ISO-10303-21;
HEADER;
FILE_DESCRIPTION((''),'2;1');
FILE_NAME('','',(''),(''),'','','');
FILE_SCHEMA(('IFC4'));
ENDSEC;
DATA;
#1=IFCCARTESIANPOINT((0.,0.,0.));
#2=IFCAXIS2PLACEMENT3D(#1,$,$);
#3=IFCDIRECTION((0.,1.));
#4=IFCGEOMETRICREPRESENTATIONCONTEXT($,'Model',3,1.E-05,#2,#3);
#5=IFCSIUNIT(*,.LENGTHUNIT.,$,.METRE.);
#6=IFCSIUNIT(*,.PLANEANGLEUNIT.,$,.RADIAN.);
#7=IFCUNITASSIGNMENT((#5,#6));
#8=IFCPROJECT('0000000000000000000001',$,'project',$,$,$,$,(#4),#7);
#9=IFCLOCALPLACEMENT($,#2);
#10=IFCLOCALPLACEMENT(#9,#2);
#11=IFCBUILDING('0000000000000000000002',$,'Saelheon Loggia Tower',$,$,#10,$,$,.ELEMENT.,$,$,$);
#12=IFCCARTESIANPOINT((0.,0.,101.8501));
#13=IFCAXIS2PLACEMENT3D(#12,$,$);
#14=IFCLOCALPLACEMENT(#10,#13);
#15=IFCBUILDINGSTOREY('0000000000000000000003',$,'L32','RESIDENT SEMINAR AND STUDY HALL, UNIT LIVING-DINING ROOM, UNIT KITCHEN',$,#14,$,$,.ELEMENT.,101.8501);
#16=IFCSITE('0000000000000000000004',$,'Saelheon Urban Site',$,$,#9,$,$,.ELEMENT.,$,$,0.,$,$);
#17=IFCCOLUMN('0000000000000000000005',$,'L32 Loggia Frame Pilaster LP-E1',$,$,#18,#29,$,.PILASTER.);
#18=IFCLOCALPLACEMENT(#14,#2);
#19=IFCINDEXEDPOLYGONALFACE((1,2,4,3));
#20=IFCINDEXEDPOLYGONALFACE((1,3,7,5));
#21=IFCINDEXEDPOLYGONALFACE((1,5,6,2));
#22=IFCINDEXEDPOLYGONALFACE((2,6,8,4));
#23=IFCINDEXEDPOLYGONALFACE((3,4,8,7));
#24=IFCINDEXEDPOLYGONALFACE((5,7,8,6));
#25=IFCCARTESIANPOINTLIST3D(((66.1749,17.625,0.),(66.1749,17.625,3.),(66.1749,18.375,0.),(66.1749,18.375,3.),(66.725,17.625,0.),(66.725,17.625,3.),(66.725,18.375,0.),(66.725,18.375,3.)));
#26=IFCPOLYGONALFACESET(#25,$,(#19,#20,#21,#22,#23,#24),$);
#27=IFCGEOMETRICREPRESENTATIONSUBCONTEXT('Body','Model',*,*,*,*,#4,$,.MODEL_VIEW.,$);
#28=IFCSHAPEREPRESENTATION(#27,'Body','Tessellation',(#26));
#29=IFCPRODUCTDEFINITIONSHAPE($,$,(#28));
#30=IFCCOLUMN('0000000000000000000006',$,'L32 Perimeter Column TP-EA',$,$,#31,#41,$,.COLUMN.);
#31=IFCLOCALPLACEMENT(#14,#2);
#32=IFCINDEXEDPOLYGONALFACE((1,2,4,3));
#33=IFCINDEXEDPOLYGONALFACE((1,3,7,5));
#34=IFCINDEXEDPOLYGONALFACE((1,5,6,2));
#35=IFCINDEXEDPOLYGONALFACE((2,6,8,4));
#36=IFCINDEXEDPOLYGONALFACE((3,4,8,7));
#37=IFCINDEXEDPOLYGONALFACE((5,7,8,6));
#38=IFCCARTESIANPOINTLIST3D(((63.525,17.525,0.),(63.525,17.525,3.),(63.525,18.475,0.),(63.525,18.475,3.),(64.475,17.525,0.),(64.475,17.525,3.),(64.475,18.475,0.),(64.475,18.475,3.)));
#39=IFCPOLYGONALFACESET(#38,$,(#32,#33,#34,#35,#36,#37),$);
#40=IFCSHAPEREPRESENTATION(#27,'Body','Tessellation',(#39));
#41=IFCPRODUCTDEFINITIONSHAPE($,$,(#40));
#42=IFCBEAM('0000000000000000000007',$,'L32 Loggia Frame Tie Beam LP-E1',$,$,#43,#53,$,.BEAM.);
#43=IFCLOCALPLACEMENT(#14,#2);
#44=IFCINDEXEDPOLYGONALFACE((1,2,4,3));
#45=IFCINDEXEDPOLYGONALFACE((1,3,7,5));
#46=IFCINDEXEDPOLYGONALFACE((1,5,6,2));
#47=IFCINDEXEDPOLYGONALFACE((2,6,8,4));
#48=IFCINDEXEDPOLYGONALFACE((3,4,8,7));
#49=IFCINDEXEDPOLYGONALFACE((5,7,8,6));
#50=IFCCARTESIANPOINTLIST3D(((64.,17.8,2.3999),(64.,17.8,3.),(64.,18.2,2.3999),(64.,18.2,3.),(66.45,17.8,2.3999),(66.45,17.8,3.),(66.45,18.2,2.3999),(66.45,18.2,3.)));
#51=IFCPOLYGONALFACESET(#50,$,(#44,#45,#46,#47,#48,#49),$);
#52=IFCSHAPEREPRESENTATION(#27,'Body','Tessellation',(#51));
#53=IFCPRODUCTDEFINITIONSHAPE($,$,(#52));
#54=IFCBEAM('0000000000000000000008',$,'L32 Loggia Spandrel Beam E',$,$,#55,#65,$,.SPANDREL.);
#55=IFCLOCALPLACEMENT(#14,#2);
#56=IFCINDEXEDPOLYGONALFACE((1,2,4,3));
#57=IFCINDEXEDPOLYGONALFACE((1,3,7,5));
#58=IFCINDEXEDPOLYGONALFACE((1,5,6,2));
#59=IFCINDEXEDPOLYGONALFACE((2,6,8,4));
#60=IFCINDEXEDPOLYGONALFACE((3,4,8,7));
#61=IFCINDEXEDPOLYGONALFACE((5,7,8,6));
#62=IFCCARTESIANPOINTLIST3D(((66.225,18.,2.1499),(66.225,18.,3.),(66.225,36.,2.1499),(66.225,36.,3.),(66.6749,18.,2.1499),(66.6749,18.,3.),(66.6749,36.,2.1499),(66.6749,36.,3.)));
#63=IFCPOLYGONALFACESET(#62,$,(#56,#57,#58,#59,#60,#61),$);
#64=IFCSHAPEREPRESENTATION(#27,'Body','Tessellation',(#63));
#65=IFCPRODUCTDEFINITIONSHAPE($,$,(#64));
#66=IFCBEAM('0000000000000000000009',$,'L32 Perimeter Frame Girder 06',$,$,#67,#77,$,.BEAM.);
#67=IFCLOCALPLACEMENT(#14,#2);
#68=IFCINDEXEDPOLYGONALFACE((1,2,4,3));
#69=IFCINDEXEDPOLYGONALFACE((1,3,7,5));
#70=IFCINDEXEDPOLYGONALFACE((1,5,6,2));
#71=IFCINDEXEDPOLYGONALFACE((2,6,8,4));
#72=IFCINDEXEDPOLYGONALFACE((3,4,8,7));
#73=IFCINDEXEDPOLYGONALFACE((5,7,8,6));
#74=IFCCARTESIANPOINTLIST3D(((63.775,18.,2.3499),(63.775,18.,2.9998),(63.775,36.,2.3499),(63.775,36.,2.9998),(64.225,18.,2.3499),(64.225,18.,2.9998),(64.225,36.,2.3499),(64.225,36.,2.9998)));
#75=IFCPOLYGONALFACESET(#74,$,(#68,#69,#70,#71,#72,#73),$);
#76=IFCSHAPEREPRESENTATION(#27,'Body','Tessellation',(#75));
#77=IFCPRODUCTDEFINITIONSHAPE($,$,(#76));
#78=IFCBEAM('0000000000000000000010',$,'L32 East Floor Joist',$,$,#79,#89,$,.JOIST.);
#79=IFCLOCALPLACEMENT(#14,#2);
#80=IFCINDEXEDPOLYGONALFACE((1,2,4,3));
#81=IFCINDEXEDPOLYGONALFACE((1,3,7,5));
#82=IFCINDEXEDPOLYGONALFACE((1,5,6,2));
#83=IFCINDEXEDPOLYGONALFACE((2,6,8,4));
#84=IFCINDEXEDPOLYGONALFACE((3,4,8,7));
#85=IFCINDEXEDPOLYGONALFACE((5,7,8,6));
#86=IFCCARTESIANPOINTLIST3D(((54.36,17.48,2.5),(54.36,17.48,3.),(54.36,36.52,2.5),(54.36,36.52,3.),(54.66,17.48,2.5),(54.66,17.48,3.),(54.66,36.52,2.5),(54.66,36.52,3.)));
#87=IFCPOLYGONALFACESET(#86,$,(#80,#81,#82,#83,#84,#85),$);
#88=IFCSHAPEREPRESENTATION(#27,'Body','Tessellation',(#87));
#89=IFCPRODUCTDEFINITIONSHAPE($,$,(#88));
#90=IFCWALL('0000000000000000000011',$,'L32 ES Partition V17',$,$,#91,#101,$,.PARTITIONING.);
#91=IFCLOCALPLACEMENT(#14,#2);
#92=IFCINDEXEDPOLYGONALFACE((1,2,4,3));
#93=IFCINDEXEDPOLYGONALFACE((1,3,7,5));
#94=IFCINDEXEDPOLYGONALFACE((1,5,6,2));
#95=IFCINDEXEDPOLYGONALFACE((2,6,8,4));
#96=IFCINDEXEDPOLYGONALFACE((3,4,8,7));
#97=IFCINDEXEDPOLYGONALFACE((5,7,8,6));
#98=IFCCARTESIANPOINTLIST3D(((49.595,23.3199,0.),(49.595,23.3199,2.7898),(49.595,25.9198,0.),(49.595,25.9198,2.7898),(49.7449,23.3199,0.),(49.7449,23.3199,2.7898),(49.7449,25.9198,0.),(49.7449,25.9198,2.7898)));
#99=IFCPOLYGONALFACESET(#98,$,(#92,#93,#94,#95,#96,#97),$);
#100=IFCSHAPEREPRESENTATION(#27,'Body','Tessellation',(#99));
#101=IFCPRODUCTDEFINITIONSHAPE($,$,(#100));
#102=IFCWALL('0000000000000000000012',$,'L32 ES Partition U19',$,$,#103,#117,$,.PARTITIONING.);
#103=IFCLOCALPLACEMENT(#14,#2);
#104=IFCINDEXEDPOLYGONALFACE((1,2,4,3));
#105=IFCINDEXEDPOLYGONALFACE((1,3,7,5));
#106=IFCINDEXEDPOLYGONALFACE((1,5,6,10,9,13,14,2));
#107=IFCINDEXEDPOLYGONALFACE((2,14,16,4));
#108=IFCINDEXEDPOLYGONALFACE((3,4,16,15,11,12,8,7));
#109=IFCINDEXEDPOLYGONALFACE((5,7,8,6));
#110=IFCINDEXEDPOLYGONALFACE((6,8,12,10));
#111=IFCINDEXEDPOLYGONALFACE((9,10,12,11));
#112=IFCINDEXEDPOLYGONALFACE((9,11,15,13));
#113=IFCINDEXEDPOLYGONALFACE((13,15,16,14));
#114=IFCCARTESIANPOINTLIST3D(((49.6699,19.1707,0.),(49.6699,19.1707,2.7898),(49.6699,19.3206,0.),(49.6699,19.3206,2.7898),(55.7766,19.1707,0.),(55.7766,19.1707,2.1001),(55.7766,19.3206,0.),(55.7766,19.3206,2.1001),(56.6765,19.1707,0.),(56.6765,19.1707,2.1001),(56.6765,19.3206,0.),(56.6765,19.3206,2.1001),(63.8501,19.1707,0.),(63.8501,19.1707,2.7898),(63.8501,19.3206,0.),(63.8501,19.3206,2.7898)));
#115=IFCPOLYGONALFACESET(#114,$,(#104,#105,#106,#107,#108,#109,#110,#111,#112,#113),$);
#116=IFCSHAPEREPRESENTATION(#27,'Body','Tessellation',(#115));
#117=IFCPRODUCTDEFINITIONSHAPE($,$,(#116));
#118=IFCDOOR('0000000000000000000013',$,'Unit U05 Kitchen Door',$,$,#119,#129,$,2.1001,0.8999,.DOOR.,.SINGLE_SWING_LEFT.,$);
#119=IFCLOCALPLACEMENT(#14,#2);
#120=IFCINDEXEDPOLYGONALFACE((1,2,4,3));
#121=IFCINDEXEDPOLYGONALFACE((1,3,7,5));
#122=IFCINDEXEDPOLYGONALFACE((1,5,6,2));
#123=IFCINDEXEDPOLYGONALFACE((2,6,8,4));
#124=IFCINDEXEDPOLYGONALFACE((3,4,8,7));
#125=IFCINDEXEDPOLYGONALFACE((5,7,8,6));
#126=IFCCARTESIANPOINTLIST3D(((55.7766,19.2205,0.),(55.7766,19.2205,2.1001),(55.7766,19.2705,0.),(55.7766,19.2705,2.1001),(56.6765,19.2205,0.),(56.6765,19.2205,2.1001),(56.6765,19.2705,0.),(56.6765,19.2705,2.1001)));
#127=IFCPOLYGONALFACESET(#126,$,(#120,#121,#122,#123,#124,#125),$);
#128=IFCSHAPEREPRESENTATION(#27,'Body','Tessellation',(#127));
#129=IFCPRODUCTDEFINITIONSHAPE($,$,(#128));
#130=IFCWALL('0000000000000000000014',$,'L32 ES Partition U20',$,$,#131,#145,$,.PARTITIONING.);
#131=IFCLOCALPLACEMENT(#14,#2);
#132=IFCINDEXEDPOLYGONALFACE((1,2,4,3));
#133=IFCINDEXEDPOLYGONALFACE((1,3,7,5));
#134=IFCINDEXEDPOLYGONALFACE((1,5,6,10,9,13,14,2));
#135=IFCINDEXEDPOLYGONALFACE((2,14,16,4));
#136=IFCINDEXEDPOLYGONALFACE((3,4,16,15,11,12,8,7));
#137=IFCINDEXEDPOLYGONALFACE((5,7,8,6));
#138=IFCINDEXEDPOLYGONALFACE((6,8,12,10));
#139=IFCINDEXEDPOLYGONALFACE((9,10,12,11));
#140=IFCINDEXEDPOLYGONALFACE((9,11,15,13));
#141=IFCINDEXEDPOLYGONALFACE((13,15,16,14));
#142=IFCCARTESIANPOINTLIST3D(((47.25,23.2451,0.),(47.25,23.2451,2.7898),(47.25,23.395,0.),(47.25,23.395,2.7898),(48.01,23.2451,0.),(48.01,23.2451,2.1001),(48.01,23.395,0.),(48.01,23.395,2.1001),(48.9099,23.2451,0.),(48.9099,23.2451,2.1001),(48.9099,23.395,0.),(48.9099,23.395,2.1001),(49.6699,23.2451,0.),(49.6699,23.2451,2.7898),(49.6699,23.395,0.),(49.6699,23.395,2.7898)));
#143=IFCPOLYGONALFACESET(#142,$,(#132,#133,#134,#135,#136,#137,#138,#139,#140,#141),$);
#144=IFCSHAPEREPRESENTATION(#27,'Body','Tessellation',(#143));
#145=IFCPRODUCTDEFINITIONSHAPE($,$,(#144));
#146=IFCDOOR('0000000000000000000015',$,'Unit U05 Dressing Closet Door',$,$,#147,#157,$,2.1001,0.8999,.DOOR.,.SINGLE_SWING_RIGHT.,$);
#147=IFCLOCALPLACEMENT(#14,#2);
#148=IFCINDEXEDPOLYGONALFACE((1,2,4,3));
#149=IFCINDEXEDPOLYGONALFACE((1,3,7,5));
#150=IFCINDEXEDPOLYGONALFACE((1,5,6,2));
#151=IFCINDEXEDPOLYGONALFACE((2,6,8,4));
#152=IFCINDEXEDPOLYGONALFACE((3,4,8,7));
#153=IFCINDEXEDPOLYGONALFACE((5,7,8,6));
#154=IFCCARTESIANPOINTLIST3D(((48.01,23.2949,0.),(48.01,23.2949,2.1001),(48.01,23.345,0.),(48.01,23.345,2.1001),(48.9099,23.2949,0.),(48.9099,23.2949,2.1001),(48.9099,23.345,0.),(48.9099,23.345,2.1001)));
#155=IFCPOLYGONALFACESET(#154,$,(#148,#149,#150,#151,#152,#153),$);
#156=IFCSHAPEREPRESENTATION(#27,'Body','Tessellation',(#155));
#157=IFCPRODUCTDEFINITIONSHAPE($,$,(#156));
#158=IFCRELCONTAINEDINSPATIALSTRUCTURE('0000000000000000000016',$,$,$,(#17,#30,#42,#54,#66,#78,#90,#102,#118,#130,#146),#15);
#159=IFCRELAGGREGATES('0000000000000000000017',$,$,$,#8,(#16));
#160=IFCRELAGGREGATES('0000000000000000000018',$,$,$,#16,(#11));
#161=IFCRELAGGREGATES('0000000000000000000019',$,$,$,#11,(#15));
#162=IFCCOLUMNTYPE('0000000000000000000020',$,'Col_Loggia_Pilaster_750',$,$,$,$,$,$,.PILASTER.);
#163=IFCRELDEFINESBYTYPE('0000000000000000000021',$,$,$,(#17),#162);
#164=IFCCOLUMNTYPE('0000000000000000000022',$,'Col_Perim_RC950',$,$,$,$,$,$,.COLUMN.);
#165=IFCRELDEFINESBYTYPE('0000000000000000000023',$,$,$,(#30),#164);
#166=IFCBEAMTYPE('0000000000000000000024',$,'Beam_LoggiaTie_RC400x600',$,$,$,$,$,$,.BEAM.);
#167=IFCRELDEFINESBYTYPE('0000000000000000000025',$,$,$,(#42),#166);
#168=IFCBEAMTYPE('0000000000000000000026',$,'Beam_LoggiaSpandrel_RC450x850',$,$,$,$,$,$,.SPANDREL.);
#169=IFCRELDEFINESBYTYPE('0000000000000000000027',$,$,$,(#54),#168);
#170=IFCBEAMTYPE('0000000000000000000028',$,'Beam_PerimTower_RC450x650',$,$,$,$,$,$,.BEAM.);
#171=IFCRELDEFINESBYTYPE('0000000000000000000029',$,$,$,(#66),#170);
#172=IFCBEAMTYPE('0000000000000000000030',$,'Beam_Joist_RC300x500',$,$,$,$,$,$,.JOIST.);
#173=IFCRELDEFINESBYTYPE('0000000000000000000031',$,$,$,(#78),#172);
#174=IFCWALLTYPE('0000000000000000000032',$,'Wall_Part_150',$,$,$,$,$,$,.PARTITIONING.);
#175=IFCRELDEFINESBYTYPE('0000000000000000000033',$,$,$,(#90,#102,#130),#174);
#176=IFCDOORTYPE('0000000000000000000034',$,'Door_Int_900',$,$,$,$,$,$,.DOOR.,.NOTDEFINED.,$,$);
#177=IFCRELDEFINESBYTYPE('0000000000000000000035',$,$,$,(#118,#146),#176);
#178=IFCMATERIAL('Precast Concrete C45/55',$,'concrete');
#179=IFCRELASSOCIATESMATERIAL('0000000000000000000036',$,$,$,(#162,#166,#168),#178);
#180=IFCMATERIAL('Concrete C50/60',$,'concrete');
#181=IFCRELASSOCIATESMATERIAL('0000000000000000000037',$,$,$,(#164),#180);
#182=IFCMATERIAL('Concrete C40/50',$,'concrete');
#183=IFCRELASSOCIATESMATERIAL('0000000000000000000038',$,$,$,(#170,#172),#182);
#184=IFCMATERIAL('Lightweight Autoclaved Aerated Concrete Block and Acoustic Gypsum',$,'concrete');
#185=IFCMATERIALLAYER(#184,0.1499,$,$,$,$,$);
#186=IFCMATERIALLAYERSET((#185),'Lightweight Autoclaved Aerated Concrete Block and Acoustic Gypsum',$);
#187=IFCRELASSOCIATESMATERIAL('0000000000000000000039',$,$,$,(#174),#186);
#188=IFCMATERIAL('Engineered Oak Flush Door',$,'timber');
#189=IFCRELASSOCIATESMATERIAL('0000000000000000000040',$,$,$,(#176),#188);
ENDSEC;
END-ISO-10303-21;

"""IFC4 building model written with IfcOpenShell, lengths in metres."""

from ifc_helpers import new_model, si_unit, direction, frame, frame_2d, origin, origin_2d, place, context, subcontext, project, spatial, rectangle, extrude, source, transform, mapped, material, layer, layer_set, material_profile, profile_set, type_object, element, fill, save


model = new_model("IFC4")

# Units and contexts
model_context = context("Model", 3, precision=1e-05, world=origin(), true_north=direction((0.0, 1.0)))
body_context = subcontext(model_context, "Body", "Model", "MODEL_VIEW")
ifc_project = project(units=[si_unit("LENGTHUNIT", "METRE"), si_unit("PLANEANGLEUNIT", "RADIAN")], contexts=[model_context])

# Site, building, storey
site_placement = place(None, origin())
site = spatial("IfcSite", under=ifc_project, at=site_placement, Name="Saelheon Urban Site", CompositionType="ELEMENT", RefElevation=0.0)
building_placement = place(site_placement, origin())
building = spatial("IfcBuilding", under=site, at=building_placement, Name="Saelheon Loggia Tower", CompositionType="ELEMENT")
storey_placement = place(building_placement, frame((0.0, 0.0, 101.8501)))
storey = spatial("IfcBuildingStorey", under=building, at=storey_placement, Name="L32", Description="RESIDENT SEMINAR AND STUDY HALL, UNIT LIVING-DINING ROOM, UNIT KITCHEN", CompositionType="ELEMENT", Elevation=101.8501)

# Columns
ifc_material_1 = material(Name="Precast Concrete C45/55", Category="concrete")
ifc_material_profile_1 = material_profile(ifc_material_1, rectangle(XDim=0.55, YDim=0.75, at=origin_2d()), Name="RC-550x750")
ifc_profile_set_1 = profile_set([ifc_material_profile_1], Name="Precast Concrete C45/55")
column_type_1 = type_object("IfcColumnType", Name="Col_Loggia_Pilaster_750", PredefinedType="PILASTER", material=ifc_profile_set_1)
shared_shape_1 = source(origin(), body_context, "Body", "SweptSolid", [
    extrude(rectangle(XDim=0.55, YDim=0.75, at=origin_2d()), origin(), (0.0, 0.0, 1.0), 3.0),
])
column_1_placement = place(storey_placement, frame((66.45, 18.0, 0.0), z_axis=(0.0, 0.0, 1.0), x_axis=(1.0, 0.0, 0.0)))
element("IfcColumn", 1, at=column_1_placement, inside=storey, type_object=column_type_1, Name="L32 Loggia Frame Pilaster LP-E1", PredefinedType="PILASTER", context=body_context, shape_type="MappedRepresentation", body=[
    mapped(shared_shape_1, transform((0.0, 0.0, 0.0), scale=1.0)),
])
ifc_material_2 = material(Name="Concrete C50/60", Category="concrete")
ifc_material_profile_2 = material_profile(ifc_material_2, rectangle(XDim=0.95, YDim=0.95, at=origin_2d()), Name="RC-950x950")
ifc_profile_set_2 = profile_set([ifc_material_profile_2], Name="Concrete C50/60")
column_type_2 = type_object("IfcColumnType", Name="Col_Perim_RC950", PredefinedType="COLUMN", material=ifc_profile_set_2)
shared_shape_2 = source(origin(), body_context, "Body", "SweptSolid", [
    extrude(rectangle(XDim=0.95, YDim=0.95, at=origin_2d()), origin(), (0.0, 0.0, 1.0), 3.0),
])
column_2_placement = place(storey_placement, frame((64.0, 18.0, 0.0), z_axis=(0.0, 0.0, 1.0), x_axis=(1.0, 0.0, 0.0)))
element("IfcColumn", 2, at=column_2_placement, inside=storey, type_object=column_type_2, Name="L32 Perimeter Column TP-EA", PredefinedType="COLUMN", context=body_context, shape_type="MappedRepresentation", body=[
    mapped(shared_shape_2, transform((0.0, 0.0, 0.0), scale=1.0)),
])

# Beams
ifc_material_profile_3 = material_profile(ifc_material_1, rectangle(XDim=0.3999, YDim=0.6001, at=origin_2d()), Name="RC-400x600")
ifc_profile_set_3 = profile_set([ifc_material_profile_3], Name="Precast Concrete C45/55")
beam_type_1 = type_object("IfcBeamType", Name="Beam_LoggiaTie_RC400x600", PredefinedType="BEAM", material=ifc_profile_set_3)
shared_shape_3 = source(origin(), body_context, "Body", "SweptSolid", [
    extrude(rectangle(XDim=0.3999, YDim=0.6001, at=origin_2d()), origin(), (0.0, 0.0, 1.0), 2.45),
])
beam_1_placement = place(storey_placement, frame((64.0, 18.0, 2.7), z_axis=(1.0, 0.0, 0.0), x_axis=(0.0, 1.0, 0.0)))
element("IfcBeam", 3, at=beam_1_placement, inside=storey, type_object=beam_type_1, Name="L32 Loggia Frame Tie Beam LP-E1", PredefinedType="BEAM", context=body_context, shape_type="MappedRepresentation", body=[
    mapped(shared_shape_3, transform((0.0, 0.0, 0.0), scale=1.0)),
])
ifc_material_profile_4 = material_profile(ifc_material_1, rectangle(XDim=0.45, YDim=0.8501, at=origin_2d()), Name="RC-450x850")
ifc_profile_set_4 = profile_set([ifc_material_profile_4], Name="Precast Concrete C45/55")
beam_type_2 = type_object("IfcBeamType", Name="Beam_LoggiaSpandrel_RC450x850", PredefinedType="SPANDREL", material=ifc_profile_set_4)
shared_shape_4 = source(origin(), body_context, "Body", "SweptSolid", [
    extrude(rectangle(XDim=0.45, YDim=0.8501, at=origin_2d()), origin(), (0.0, 0.0, 1.0), 18.0),
])
beam_2_placement = place(storey_placement, frame((66.45, 18.0, 2.575), z_axis=(0.0, 1.0, 0.0), x_axis=(-1.0, 0.0, 0.0)))
element("IfcBeam", 4, at=beam_2_placement, inside=storey, type_object=beam_type_2, Name="L32 Loggia Spandrel Beam E", PredefinedType="SPANDREL", context=body_context, shape_type="MappedRepresentation", body=[
    mapped(shared_shape_4, transform((0.0, 0.0, 0.0), scale=1.0)),
])
ifc_material_3 = material(Name="Concrete C40/50", Category="concrete")
ifc_material_profile_5 = material_profile(ifc_material_3, rectangle(XDim=0.45, YDim=0.6499, at=origin_2d()), Name="RC-450x650")
ifc_profile_set_5 = profile_set([ifc_material_profile_5], Name="Concrete C40/50")
beam_type_3 = type_object("IfcBeamType", Name="Beam_PerimTower_RC450x650", PredefinedType="BEAM", material=ifc_profile_set_5)
shared_shape_5 = source(origin(), body_context, "Body", "SweptSolid", [
    extrude(rectangle(XDim=0.45, YDim=0.6499, at=origin_2d()), origin(), (0.0, 0.0, 1.0), 18.0),
])
beam_3_placement = place(storey_placement, frame((64.0, 18.0, 2.6748), z_axis=(0.0, 1.0, 0.0), x_axis=(-1.0, 0.0, 0.0)))
element("IfcBeam", 5, at=beam_3_placement, inside=storey, type_object=beam_type_3, Name="L32 Perimeter Frame Girder 06", PredefinedType="BEAM", context=body_context, shape_type="MappedRepresentation", body=[
    mapped(shared_shape_5, transform((0.0, 0.0, 0.0), scale=1.0)),
])
ifc_material_profile_6 = material_profile(ifc_material_3, rectangle(XDim=0.3, YDim=0.5, at=origin_2d()), Name="RC-300x500")
ifc_profile_set_6 = profile_set([ifc_material_profile_6], Name="Concrete C40/50")
beam_type_4 = type_object("IfcBeamType", Name="Beam_Joist_RC300x500", PredefinedType="JOIST", material=ifc_profile_set_6)
shared_shape_6 = source(origin(), body_context, "Body", "SweptSolid", [
    extrude(rectangle(XDim=0.3, YDim=0.5, at=origin_2d()), origin(), (0.0, 0.0, 1.0), 19.04),
])
beam_4_placement = place(storey_placement, frame((54.51, 17.48, 2.75), z_axis=(0.0, 1.0, 0.0), x_axis=(-1.0, 0.0, 0.0)))
element("IfcBeam", 6, at=beam_4_placement, inside=storey, type_object=beam_type_4, Name="L32 East Floor Joist", PredefinedType="JOIST", context=body_context, shape_type="MappedRepresentation", body=[
    mapped(shared_shape_6, transform((0.0, 0.0, 0.0), scale=1.0)),
])

# Wall
ifc_material_4 = material(Name="Lightweight Autoclaved Aerated Concrete Block and Acoustic Gypsum", Category="concrete")
ifc_layer_1 = layer(ifc_material_4, 0.1499)
ifc_layer_set_1 = layer_set([ifc_layer_1], Name="Lightweight Autoclaved Aerated Concrete Block and Acoustic Gypsum")
wall_type_1 = type_object("IfcWallType", Name="Wall_Part_150", PredefinedType="PARTITIONING", material=ifc_layer_set_1)
wall_1_placement = place(storey_placement, frame((49.6699, 23.3201, 0.0), z_axis=(0.0, 0.0, 1.0), x_axis=(0.0, 1.0, 0.0)))
element("IfcWall", 7, at=wall_1_placement, inside=storey, type_object=wall_type_1, Name="L32 ES Partition V17", PredefinedType="PARTITIONING", context=body_context, shape_type="SweptSolid", body=[
    extrude(rectangle(XDim=2.5999, YDim=0.1499, at=frame_2d((1.2998, 0.0))), origin(), (0.0, 0.0, 1.0), 2.7898),
])

# Walls, openings, doors
wall_2_placement = place(storey_placement, frame((49.6699, 19.2456, 0.0), z_axis=(0.0, 0.0, 1.0), x_axis=(1.0, 0.0, 0.0)))
wall_2 = element("IfcWall", 8, at=wall_2_placement, inside=storey, type_object=wall_type_1, Name="L32 ES Partition U19", PredefinedType="PARTITIONING", context=body_context, shape_type="SweptSolid", body=[
    extrude(rectangle(XDim=14.1802, YDim=0.1499, at=frame_2d((7.0901, 0.0))), origin(), (0.0, 0.0, 1.0), 2.7898),
])
opening_1_placement = place(wall_2_placement, frame((6.1067, 0.0, 0.0)))
opening_1 = element("IfcOpeningElement", 9, at=opening_1_placement, cuts=wall_2, PredefinedType="OPENING", context=body_context, shape_type="SweptSolid", body=[
    extrude(rectangle(XDim=0.8999, YDim=2.1001, at=frame_2d((0.45, 1.05))), frame((0.0, 0.0869, 0.0), z_axis=(0.0, -1.0, 0.0), x_axis=(1.0, 0.0, 0.0)), (0.0, 0.0, 1.0), 0.1738),
])
ifc_material_5 = material(Name="Engineered Oak Flush Door", Category="timber")
door_type_1 = type_object("IfcDoorType", Name="Door_Int_900", OperationType="NOTDEFINED", PredefinedType="DOOR", material=ifc_material_5)
shared_shape_7 = source(origin(), body_context, "Body", "SweptSolid", [
    extrude(rectangle(XDim=0.8999, YDim=2.1001, at=frame_2d((0.45, 1.05))), frame((0.0, 0.0249, 0.0), z_axis=(0.0, -1.0, 0.0), x_axis=(1.0, 0.0, 0.0)), (0.0, 0.0, 1.0), 0.05),
])
door_1_placement = place(opening_1_placement, origin())
door_1 = element("IfcDoor", 10, at=door_1_placement, inside=storey, type_object=door_type_1, Name="Unit U05 Kitchen Door", OperationType="SINGLE_SWING_LEFT", OverallHeight=2.1001, OverallWidth=0.8999, PredefinedType="DOOR", context=body_context, shape_type="MappedRepresentation", body=[
    mapped(shared_shape_7, transform((0.0, 0.0, 0.0), scale=1.0)),
])
fill(opening_1, door_1)
wall_3_placement = place(storey_placement, frame((47.25, 23.3201, 0.0), z_axis=(0.0, 0.0, 1.0), x_axis=(1.0, 0.0, 0.0)))
wall_3 = element("IfcWall", 11, at=wall_3_placement, inside=storey, type_object=wall_type_1, Name="L32 ES Partition U20", PredefinedType="PARTITIONING", context=body_context, shape_type="SweptSolid", body=[
    extrude(rectangle(XDim=2.4199, YDim=0.1499, at=frame_2d((1.21, 0.0))), origin(), (0.0, 0.0, 1.0), 2.7898),
])
opening_2_placement = place(wall_3_placement, frame((0.76, 0.0, 0.0)))
opening_2 = element("IfcOpeningElement", 12, at=opening_2_placement, cuts=wall_3, PredefinedType="OPENING", context=body_context, shape_type="SweptSolid", body=[
    extrude(rectangle(XDim=0.8999, YDim=2.1001, at=frame_2d((0.45, 1.05))), frame((0.0, 0.0869, 0.0), z_axis=(0.0, -1.0, 0.0), x_axis=(1.0, 0.0, 0.0)), (0.0, 0.0, 1.0), 0.1738),
])
door_2_placement = place(opening_2_placement, origin())
door_2 = element("IfcDoor", 13, at=door_2_placement, inside=storey, type_object=door_type_1, Name="Unit U05 Dressing Closet Door", OperationType="SINGLE_SWING_RIGHT", OverallHeight=2.1001, OverallWidth=0.8999, PredefinedType="DOOR", context=body_context, shape_type="MappedRepresentation", body=[
    mapped(shared_shape_7, transform((0.0, 0.0, 0.0), scale=1.0)),
])
fill(opening_2, door_2)

save(model, "model.ifc")
